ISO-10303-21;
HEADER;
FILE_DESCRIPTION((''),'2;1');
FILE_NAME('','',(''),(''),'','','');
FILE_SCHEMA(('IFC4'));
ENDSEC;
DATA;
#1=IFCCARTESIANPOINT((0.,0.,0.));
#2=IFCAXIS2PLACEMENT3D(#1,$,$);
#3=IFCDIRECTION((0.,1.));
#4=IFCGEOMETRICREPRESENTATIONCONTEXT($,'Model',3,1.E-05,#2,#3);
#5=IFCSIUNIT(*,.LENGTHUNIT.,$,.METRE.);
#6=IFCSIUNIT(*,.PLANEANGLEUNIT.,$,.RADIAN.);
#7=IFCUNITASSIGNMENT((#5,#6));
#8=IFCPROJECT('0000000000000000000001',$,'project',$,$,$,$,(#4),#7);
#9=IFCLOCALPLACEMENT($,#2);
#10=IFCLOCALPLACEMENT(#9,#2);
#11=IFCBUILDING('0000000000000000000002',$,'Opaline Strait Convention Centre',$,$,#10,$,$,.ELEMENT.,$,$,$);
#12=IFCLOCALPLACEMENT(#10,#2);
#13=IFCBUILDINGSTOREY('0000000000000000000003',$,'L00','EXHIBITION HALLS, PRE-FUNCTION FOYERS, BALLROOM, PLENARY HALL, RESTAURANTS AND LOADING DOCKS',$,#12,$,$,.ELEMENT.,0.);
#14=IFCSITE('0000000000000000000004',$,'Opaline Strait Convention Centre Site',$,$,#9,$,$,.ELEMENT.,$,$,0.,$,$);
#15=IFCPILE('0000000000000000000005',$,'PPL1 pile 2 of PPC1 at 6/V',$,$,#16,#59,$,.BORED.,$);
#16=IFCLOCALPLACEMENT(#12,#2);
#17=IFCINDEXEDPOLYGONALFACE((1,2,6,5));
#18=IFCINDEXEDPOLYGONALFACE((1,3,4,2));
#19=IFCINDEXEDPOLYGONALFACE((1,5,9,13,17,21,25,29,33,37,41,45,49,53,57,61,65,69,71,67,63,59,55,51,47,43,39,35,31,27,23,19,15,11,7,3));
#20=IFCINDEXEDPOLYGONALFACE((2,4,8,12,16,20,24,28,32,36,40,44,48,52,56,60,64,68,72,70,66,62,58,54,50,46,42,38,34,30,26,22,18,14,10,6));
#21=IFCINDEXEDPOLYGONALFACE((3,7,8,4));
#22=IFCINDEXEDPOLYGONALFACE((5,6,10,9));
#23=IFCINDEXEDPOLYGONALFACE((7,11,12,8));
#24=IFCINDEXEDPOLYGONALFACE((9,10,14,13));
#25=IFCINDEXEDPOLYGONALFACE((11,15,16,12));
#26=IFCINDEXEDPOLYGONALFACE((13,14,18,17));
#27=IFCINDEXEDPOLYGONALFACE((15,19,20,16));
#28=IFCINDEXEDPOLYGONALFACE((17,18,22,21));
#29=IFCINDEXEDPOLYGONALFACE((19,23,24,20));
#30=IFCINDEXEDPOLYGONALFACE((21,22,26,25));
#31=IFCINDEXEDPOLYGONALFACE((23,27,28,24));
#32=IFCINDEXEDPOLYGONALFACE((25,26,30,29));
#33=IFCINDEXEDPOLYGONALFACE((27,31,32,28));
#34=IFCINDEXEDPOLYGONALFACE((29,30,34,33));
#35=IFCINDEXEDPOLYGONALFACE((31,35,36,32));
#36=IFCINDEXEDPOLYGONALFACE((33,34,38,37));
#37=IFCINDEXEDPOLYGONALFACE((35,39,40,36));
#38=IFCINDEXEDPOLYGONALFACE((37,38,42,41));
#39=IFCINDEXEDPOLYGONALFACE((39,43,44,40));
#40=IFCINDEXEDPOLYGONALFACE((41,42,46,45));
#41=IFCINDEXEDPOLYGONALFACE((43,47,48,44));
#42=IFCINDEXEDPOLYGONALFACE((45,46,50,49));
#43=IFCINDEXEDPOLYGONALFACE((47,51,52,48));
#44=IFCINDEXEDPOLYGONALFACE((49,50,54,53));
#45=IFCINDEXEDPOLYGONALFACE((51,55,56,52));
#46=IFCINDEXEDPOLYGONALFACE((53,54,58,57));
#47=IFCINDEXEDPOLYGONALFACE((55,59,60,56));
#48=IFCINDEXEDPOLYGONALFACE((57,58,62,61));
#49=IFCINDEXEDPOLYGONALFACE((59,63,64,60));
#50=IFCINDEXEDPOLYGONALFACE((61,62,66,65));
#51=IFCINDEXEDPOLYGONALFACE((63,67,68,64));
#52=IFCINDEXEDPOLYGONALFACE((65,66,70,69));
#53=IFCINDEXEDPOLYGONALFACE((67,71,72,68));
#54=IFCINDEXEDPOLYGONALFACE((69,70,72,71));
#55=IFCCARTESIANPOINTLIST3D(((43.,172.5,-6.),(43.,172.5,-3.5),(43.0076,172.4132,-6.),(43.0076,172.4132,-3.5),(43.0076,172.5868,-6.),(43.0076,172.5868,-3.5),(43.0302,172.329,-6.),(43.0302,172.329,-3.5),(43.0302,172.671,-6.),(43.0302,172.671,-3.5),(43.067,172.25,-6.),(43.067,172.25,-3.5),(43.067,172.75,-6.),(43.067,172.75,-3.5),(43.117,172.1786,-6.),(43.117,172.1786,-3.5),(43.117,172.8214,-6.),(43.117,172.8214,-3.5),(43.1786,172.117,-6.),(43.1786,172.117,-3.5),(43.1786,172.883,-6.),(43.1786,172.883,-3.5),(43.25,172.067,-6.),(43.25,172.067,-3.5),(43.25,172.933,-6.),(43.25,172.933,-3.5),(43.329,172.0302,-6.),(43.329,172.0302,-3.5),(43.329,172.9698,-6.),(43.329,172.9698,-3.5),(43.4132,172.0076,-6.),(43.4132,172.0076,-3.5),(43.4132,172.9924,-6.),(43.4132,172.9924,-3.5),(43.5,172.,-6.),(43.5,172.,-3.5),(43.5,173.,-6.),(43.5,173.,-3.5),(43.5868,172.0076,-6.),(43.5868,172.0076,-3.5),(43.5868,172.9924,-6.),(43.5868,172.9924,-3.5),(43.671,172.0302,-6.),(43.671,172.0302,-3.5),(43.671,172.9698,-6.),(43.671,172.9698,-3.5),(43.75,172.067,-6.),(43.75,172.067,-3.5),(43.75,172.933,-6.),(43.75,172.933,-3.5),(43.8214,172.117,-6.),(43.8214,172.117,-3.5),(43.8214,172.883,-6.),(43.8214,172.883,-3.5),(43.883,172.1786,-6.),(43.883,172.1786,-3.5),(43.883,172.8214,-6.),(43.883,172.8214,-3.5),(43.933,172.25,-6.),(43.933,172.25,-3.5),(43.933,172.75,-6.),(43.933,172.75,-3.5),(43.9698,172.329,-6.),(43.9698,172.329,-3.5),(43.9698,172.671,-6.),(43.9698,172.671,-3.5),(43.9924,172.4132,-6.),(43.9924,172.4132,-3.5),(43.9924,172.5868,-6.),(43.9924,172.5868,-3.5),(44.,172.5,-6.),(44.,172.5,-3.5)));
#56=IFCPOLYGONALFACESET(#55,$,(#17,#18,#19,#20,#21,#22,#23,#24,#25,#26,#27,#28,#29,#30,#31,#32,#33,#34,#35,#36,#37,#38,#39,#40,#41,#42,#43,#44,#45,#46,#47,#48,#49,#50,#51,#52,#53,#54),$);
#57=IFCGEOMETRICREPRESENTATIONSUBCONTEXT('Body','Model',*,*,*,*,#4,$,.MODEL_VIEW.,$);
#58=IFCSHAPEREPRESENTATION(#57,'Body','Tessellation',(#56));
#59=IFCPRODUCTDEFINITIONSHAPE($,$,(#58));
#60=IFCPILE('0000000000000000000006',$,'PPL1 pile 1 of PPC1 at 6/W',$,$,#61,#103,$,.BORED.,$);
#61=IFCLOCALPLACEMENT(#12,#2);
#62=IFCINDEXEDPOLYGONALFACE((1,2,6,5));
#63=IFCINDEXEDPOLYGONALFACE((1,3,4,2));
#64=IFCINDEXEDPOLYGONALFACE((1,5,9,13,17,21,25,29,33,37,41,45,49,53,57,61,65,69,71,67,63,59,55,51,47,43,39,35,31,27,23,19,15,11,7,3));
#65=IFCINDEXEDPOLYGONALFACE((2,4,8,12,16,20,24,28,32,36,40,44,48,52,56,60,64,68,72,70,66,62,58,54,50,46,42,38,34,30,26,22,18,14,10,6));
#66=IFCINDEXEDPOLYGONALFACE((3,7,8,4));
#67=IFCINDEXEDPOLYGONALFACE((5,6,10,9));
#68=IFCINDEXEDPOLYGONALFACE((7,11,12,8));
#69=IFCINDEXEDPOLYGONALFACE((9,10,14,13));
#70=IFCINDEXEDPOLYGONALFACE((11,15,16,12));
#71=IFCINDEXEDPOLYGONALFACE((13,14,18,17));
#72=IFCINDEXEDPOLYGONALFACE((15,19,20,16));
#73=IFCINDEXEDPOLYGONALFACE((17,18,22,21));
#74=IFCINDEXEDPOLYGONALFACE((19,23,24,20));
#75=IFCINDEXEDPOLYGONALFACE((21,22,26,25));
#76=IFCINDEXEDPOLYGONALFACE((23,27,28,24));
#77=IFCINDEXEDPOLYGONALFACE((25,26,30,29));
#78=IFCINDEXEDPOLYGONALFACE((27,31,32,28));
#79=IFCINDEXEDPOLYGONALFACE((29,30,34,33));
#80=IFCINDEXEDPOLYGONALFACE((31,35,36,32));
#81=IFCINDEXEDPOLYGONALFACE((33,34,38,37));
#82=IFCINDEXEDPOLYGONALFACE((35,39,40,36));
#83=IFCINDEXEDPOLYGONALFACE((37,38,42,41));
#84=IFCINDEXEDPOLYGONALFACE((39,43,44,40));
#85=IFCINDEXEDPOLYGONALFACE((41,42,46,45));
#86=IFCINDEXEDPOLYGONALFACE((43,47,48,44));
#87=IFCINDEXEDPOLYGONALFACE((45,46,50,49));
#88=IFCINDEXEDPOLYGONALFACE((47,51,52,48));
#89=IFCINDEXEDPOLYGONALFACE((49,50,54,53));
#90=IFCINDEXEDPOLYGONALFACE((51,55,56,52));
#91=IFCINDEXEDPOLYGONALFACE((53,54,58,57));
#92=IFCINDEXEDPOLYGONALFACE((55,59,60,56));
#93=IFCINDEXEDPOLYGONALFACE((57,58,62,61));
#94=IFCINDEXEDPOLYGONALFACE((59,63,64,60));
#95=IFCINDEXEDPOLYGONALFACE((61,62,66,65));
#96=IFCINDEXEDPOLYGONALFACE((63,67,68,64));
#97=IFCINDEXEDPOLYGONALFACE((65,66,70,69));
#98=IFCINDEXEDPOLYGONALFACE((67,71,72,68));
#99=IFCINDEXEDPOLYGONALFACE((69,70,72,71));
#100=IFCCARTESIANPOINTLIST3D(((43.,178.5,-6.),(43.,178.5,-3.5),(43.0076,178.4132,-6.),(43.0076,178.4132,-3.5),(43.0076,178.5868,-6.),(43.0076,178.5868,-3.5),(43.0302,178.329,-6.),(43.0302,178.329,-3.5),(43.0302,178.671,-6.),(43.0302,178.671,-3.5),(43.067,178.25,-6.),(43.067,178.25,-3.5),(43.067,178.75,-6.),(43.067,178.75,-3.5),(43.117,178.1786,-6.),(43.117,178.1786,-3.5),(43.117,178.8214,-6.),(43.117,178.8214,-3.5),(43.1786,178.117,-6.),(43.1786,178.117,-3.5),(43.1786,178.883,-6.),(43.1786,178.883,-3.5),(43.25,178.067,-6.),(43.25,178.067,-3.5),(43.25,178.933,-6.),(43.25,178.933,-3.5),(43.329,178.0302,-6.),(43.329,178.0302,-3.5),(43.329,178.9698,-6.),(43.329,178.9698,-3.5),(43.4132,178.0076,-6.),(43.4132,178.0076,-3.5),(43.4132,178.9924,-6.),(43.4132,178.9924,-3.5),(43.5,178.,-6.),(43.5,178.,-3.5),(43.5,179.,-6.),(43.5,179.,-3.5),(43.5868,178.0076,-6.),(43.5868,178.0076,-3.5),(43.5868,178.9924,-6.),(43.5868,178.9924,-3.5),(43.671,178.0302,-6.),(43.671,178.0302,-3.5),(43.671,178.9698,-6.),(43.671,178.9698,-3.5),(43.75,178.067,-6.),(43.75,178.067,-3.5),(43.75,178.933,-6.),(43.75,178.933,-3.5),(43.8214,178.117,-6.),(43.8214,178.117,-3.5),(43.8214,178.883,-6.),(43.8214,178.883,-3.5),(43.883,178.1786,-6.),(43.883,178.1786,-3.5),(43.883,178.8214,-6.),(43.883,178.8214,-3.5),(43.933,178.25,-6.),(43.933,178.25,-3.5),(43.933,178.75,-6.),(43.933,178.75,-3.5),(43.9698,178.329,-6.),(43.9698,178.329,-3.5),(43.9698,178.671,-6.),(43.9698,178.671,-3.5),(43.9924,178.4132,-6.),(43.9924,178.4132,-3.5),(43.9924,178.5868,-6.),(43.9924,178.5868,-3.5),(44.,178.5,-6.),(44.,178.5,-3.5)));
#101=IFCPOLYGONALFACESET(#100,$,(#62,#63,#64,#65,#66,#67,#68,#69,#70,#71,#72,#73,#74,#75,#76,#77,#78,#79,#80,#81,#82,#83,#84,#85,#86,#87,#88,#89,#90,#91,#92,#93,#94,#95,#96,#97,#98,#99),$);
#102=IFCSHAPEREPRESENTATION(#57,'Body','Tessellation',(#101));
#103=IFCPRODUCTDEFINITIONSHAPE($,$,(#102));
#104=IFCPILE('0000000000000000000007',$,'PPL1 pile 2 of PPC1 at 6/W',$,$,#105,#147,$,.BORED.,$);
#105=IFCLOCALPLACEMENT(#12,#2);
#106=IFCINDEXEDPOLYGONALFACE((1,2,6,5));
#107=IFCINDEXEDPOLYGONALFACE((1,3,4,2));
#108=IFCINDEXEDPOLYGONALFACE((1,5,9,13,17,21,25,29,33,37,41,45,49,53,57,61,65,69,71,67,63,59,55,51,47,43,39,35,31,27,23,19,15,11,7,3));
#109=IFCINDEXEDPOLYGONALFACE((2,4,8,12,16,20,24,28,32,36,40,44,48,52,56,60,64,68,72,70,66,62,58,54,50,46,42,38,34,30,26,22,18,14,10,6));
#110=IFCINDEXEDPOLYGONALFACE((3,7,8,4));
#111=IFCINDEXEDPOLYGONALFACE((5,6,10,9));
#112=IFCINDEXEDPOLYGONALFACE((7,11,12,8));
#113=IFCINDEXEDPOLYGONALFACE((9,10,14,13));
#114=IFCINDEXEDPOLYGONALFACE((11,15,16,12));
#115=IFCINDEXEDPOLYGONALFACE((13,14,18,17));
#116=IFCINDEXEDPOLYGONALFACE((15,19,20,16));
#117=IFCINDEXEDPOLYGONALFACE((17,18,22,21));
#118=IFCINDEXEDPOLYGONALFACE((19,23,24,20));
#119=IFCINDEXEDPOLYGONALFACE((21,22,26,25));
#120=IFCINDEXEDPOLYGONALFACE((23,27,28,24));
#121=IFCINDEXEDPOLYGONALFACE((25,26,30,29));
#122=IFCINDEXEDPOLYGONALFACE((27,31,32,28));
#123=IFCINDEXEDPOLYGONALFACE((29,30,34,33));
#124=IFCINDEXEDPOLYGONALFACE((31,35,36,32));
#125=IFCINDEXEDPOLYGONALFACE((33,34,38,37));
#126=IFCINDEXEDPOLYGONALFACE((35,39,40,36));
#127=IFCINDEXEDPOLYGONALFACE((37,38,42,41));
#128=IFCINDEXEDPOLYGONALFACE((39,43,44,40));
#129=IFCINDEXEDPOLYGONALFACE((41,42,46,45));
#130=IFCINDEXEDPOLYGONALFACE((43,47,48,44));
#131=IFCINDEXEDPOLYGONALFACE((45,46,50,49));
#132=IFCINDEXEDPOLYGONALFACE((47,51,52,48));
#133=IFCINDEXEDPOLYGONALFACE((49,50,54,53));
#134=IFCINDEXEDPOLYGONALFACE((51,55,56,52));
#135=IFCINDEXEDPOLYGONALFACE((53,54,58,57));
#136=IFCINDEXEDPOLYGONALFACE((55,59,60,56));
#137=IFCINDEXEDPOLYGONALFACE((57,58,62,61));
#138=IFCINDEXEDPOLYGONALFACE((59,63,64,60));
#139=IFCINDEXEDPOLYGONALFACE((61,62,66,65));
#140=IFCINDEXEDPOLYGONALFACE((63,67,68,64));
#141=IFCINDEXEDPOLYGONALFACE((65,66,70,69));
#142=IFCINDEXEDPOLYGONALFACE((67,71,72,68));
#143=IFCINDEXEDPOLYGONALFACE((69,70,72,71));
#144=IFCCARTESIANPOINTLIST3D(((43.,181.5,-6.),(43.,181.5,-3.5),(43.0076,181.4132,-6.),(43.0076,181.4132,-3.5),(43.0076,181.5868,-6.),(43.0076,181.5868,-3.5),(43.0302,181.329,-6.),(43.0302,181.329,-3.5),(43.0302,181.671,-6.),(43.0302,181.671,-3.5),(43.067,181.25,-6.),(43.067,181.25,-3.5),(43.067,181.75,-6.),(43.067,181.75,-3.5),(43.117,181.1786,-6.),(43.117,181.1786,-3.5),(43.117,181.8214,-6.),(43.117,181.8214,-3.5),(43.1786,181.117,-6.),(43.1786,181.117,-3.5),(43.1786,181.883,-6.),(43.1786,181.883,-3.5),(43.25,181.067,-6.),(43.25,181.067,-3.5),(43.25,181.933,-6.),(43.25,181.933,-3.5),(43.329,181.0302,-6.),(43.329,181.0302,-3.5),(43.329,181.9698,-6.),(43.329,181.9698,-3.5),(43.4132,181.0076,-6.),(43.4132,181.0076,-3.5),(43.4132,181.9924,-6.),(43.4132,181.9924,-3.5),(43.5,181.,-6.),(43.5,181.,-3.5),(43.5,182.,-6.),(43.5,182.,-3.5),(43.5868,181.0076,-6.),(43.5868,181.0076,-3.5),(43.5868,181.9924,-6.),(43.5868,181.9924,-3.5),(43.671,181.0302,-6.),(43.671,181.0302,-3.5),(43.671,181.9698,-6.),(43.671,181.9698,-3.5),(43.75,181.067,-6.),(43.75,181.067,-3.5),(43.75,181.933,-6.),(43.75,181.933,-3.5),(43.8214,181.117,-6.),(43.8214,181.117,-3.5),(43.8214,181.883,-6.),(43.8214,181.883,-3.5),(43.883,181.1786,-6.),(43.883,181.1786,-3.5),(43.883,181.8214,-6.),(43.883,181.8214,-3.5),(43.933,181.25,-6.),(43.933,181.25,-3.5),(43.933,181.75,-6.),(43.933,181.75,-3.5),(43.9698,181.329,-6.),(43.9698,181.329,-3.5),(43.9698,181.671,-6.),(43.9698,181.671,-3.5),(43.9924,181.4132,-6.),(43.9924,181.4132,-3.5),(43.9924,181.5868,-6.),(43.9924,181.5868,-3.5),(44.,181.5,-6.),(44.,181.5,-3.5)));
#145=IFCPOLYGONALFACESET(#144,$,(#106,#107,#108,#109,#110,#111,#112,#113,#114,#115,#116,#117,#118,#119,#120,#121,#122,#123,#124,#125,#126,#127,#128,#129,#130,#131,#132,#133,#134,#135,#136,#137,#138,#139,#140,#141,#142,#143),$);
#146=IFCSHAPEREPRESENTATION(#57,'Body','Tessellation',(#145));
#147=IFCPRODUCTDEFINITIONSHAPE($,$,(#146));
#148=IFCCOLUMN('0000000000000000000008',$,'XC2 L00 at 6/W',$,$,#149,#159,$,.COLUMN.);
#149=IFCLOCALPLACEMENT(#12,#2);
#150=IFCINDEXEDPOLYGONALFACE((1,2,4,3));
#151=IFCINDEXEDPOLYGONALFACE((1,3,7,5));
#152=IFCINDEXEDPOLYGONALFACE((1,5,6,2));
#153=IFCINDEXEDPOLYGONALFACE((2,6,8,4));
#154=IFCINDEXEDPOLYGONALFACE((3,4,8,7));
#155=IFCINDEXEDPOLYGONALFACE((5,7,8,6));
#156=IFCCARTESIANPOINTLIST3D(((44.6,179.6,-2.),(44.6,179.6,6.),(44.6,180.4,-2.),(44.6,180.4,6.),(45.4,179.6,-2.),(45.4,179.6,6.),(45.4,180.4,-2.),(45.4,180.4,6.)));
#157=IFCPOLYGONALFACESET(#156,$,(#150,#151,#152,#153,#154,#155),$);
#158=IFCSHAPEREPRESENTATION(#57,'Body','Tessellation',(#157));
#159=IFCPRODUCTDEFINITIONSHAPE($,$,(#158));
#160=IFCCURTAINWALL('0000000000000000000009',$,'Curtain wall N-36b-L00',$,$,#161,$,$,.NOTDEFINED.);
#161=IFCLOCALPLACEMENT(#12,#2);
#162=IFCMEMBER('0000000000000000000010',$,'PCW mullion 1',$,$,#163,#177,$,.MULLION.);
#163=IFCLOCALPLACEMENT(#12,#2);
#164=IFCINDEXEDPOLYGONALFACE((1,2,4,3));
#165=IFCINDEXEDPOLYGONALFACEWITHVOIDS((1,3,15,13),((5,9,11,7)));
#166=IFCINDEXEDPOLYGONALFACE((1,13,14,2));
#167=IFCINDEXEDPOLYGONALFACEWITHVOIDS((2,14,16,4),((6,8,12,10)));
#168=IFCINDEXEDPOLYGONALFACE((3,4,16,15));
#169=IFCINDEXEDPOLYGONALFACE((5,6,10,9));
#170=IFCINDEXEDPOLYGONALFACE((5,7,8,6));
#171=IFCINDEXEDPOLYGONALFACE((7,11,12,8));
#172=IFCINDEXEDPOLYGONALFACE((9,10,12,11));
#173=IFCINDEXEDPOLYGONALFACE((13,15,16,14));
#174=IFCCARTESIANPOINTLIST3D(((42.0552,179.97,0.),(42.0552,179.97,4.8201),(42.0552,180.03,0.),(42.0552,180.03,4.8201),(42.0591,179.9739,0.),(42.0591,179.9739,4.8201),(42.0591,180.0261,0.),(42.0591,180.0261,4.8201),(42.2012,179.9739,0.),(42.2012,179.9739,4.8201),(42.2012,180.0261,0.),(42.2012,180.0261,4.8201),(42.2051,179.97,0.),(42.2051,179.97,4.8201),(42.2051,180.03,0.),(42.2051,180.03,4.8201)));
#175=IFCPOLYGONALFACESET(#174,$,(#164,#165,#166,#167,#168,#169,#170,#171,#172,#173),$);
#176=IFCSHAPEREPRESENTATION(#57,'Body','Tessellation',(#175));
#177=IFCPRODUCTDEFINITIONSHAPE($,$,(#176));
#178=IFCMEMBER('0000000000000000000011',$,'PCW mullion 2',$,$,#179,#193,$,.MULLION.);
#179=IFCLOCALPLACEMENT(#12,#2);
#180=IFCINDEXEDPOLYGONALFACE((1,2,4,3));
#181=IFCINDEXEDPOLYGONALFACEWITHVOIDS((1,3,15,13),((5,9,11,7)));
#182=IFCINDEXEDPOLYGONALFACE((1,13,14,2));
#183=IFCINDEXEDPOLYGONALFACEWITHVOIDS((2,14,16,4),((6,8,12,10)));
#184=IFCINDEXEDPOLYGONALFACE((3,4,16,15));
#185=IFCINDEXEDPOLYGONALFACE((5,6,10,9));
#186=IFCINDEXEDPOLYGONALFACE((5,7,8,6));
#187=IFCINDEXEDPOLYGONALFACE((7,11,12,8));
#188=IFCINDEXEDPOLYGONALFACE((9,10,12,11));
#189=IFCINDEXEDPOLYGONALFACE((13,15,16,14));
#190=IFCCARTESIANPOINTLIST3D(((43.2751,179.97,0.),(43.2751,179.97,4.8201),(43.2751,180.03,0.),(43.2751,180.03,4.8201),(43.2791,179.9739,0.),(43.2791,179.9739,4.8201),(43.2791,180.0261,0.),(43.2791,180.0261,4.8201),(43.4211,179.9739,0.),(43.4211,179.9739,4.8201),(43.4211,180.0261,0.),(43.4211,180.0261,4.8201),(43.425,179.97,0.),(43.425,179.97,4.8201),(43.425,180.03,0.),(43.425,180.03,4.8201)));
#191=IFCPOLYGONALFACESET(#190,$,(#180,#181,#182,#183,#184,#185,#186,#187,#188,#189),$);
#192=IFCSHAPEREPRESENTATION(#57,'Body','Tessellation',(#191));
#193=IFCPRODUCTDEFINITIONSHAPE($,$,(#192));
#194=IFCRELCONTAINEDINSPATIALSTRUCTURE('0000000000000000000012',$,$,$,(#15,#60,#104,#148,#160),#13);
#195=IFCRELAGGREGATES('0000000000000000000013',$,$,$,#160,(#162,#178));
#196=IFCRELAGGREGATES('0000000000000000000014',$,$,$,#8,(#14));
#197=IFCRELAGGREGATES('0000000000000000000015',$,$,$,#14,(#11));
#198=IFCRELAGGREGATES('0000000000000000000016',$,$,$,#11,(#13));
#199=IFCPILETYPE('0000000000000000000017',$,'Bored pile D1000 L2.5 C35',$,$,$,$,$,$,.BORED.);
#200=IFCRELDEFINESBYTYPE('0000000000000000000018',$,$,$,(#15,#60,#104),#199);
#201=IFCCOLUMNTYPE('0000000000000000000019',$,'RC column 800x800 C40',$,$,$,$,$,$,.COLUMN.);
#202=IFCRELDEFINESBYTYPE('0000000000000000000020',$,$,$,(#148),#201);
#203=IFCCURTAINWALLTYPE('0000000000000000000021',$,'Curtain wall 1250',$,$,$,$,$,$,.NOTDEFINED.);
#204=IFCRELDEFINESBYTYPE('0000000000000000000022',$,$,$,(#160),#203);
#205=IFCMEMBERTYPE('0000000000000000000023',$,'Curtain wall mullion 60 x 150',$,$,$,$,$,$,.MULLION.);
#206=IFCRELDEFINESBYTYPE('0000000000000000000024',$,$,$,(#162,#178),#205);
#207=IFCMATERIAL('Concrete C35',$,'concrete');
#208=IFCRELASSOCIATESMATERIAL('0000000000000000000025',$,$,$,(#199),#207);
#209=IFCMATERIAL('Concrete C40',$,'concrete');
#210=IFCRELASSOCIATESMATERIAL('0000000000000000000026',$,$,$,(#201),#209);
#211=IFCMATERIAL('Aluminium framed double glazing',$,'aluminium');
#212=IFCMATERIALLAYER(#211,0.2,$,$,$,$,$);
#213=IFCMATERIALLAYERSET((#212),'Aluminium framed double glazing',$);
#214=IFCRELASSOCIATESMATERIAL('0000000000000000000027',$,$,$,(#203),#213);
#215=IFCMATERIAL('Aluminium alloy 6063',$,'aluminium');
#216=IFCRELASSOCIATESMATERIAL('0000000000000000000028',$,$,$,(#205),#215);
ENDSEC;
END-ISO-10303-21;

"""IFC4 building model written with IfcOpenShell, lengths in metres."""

from ifc_helpers import new_model, si_unit, direction, frame, origin, origin_2d, place, context, subcontext, project, spatial, rectangle, hollow_rectangle, circle, extrude, material, layer, layer_set, material_profile, profile_set, type_object, element, aggregate, save


model = new_model("IFC4")

# Units and contexts
model_context = context("Model", 3, precision=1e-05, world=origin(), true_north=direction((0.0, 1.0)))
body_context = subcontext(model_context, "Body", "Model", "MODEL_VIEW")
ifc_project = project(units=[si_unit("LENGTHUNIT", "METRE"), si_unit("PLANEANGLEUNIT", "RADIAN")], contexts=[model_context])

# Site, building, storey
site_placement = place(None, origin())
site = spatial("IfcSite", under=ifc_project, at=site_placement, Name="Opaline Strait Convention Centre Site", CompositionType="ELEMENT", RefElevation=0.0)
building_placement = place(site_placement, origin())
building = spatial("IfcBuilding", under=site, at=building_placement, Name="Opaline Strait Convention Centre", CompositionType="ELEMENT")
storey_placement = place(building_placement, origin())
storey = spatial("IfcBuildingStorey", under=building, at=storey_placement, Name="L00", Description="EXHIBITION HALLS, PRE-FUNCTION FOYERS, BALLROOM, PLENARY HALL, RESTAURANTS AND LOADING DOCKS", CompositionType="ELEMENT", Elevation=0.0)

# Piles
ifc_material_1 = material(Name="Concrete C35", Category="concrete")
ifc_material_profile_1 = material_profile(ifc_material_1, circle(Radius=0.5, at=origin_2d()), Name="D1000")
ifc_profile_set_1 = profile_set([ifc_material_profile_1], Name="Concrete C35")
pile_type = type_object("IfcPileType", Name="Bored pile D1000 L2.5 C35", PredefinedType="BORED", material=ifc_profile_set_1)
for number, where, z_axis, x_axis, name in (
    (1, (43.5, 172.5, -3.5), (0.0, 0.0, -1.0), (1.0, 0.0, 0.0), "PPL1 pile 2 of PPC1 at 6/V"),
    (2, (43.5, 178.5, -3.5), (0.0, 0.0, -1.0), (1.0, 0.0, 0.0), "PPL1 pile 1 of PPC1 at 6/W"),
    (3, (43.5, 181.5, -3.5), (0.0, 0.0, -1.0), (1.0, 0.0, 0.0), "PPL1 pile 2 of PPC1 at 6/W"),
):
    element("IfcPile", number, at=place(storey_placement, frame(where, z_axis=z_axis, x_axis=x_axis)), inside=storey, type_object=pile_type, Name=name, PredefinedType="BORED", context=body_context, shape_type="SweptSolid", body=[
        extrude(circle(Radius=0.5, at=origin_2d()), origin(), (0.0, 0.0, 1.0), 2.5),
    ])

# Column
ifc_material_2 = material(Name="Concrete C40", Category="concrete")
ifc_material_profile_2 = material_profile(ifc_material_2, rectangle(XDim=0.8, YDim=0.8, at=origin_2d()), Name="RC 800x800")
ifc_profile_set_2 = profile_set([ifc_material_profile_2], Name="Concrete C40")
column_type = type_object("IfcColumnType", Name="RC column 800x800 C40", PredefinedType="COLUMN", material=ifc_profile_set_2)
column_placement = place(storey_placement, frame((45.0, 180.0, -2.0), z_axis=(0.0, 0.0, 1.0), x_axis=(1.0, 0.0, 0.0)))
element("IfcColumn", 4, at=column_placement, inside=storey, type_object=column_type, Name="XC2 L00 at 6/W", PredefinedType="COLUMN", context=body_context, shape_type="SweptSolid", body=[
    extrude(rectangle(XDim=0.8, YDim=0.8, at=origin_2d()), origin(), (0.0, 0.0, 1.0), 8.0),
])

# Curtain wall, members
ifc_material_3 = material(Name="Aluminium framed double glazing", Category="aluminium")
ifc_layer_1 = layer(ifc_material_3, 0.2)
ifc_layer_set_1 = layer_set([ifc_layer_1], Name="Aluminium framed double glazing")
curtain_wall_type = type_object("IfcCurtainWallType", Name="Curtain wall 1250", PredefinedType="NOTDEFINED", material=ifc_layer_set_1)
curtain_wall_1_placement = place(storey_placement, origin())
curtain_wall_1 = element("IfcCurtainWall", 5, at=curtain_wall_1_placement, inside=storey, type_object=curtain_wall_type, Name="Curtain wall N-36b-L00", PredefinedType="NOTDEFINED")
ifc_material_4 = material(Name="Aluminium alloy 6063", Category="aluminium")
ifc_material_profile_3 = material_profile(ifc_material_4, hollow_rectangle(XDim=0.0601, YDim=0.1499, WallThickness=0.0039, at=origin_2d()), Name="MULLION 60x150x4")
ifc_profile_set_3 = profile_set([ifc_material_profile_3], Name="Aluminium alloy 6063")
member_type_1 = type_object("IfcMemberType", Name="Curtain wall mullion 60 x 150", PredefinedType="MULLION", material=ifc_profile_set_3)
member_1_placement = place(storey_placement, frame((42.1301, 180.0, 0.0), z_axis=(0.0, 0.0, 1.0), x_axis=(0.0, 1.0, 0.0)))
member_1 = element("IfcMember", 6, at=member_1_placement, type_object=member_type_1, Name="PCW mullion 1", PredefinedType="MULLION", context=body_context, shape_type="SweptSolid", body=[
    extrude(hollow_rectangle(XDim=0.0601, YDim=0.1499, WallThickness=0.0039, at=origin_2d()), origin(), (0.0, 0.0, 1.0), 4.8201),
])
member_2_placement = place(storey_placement, frame((43.3501, 180.0, 0.0), z_axis=(0.0, 0.0, 1.0), x_axis=(0.0, 1.0, 0.0)))
member_2 = element("IfcMember", 7, at=member_2_placement, type_object=member_type_1, Name="PCW mullion 2", PredefinedType="MULLION", context=body_context, shape_type="SweptSolid", body=[
    extrude(hollow_rectangle(XDim=0.0601, YDim=0.1499, WallThickness=0.0039, at=origin_2d()), origin(), (0.0, 0.0, 1.0), 4.8201),
])

aggregate(curtain_wall_1, [member_1, member_2])

save(model, "model.ifc")
